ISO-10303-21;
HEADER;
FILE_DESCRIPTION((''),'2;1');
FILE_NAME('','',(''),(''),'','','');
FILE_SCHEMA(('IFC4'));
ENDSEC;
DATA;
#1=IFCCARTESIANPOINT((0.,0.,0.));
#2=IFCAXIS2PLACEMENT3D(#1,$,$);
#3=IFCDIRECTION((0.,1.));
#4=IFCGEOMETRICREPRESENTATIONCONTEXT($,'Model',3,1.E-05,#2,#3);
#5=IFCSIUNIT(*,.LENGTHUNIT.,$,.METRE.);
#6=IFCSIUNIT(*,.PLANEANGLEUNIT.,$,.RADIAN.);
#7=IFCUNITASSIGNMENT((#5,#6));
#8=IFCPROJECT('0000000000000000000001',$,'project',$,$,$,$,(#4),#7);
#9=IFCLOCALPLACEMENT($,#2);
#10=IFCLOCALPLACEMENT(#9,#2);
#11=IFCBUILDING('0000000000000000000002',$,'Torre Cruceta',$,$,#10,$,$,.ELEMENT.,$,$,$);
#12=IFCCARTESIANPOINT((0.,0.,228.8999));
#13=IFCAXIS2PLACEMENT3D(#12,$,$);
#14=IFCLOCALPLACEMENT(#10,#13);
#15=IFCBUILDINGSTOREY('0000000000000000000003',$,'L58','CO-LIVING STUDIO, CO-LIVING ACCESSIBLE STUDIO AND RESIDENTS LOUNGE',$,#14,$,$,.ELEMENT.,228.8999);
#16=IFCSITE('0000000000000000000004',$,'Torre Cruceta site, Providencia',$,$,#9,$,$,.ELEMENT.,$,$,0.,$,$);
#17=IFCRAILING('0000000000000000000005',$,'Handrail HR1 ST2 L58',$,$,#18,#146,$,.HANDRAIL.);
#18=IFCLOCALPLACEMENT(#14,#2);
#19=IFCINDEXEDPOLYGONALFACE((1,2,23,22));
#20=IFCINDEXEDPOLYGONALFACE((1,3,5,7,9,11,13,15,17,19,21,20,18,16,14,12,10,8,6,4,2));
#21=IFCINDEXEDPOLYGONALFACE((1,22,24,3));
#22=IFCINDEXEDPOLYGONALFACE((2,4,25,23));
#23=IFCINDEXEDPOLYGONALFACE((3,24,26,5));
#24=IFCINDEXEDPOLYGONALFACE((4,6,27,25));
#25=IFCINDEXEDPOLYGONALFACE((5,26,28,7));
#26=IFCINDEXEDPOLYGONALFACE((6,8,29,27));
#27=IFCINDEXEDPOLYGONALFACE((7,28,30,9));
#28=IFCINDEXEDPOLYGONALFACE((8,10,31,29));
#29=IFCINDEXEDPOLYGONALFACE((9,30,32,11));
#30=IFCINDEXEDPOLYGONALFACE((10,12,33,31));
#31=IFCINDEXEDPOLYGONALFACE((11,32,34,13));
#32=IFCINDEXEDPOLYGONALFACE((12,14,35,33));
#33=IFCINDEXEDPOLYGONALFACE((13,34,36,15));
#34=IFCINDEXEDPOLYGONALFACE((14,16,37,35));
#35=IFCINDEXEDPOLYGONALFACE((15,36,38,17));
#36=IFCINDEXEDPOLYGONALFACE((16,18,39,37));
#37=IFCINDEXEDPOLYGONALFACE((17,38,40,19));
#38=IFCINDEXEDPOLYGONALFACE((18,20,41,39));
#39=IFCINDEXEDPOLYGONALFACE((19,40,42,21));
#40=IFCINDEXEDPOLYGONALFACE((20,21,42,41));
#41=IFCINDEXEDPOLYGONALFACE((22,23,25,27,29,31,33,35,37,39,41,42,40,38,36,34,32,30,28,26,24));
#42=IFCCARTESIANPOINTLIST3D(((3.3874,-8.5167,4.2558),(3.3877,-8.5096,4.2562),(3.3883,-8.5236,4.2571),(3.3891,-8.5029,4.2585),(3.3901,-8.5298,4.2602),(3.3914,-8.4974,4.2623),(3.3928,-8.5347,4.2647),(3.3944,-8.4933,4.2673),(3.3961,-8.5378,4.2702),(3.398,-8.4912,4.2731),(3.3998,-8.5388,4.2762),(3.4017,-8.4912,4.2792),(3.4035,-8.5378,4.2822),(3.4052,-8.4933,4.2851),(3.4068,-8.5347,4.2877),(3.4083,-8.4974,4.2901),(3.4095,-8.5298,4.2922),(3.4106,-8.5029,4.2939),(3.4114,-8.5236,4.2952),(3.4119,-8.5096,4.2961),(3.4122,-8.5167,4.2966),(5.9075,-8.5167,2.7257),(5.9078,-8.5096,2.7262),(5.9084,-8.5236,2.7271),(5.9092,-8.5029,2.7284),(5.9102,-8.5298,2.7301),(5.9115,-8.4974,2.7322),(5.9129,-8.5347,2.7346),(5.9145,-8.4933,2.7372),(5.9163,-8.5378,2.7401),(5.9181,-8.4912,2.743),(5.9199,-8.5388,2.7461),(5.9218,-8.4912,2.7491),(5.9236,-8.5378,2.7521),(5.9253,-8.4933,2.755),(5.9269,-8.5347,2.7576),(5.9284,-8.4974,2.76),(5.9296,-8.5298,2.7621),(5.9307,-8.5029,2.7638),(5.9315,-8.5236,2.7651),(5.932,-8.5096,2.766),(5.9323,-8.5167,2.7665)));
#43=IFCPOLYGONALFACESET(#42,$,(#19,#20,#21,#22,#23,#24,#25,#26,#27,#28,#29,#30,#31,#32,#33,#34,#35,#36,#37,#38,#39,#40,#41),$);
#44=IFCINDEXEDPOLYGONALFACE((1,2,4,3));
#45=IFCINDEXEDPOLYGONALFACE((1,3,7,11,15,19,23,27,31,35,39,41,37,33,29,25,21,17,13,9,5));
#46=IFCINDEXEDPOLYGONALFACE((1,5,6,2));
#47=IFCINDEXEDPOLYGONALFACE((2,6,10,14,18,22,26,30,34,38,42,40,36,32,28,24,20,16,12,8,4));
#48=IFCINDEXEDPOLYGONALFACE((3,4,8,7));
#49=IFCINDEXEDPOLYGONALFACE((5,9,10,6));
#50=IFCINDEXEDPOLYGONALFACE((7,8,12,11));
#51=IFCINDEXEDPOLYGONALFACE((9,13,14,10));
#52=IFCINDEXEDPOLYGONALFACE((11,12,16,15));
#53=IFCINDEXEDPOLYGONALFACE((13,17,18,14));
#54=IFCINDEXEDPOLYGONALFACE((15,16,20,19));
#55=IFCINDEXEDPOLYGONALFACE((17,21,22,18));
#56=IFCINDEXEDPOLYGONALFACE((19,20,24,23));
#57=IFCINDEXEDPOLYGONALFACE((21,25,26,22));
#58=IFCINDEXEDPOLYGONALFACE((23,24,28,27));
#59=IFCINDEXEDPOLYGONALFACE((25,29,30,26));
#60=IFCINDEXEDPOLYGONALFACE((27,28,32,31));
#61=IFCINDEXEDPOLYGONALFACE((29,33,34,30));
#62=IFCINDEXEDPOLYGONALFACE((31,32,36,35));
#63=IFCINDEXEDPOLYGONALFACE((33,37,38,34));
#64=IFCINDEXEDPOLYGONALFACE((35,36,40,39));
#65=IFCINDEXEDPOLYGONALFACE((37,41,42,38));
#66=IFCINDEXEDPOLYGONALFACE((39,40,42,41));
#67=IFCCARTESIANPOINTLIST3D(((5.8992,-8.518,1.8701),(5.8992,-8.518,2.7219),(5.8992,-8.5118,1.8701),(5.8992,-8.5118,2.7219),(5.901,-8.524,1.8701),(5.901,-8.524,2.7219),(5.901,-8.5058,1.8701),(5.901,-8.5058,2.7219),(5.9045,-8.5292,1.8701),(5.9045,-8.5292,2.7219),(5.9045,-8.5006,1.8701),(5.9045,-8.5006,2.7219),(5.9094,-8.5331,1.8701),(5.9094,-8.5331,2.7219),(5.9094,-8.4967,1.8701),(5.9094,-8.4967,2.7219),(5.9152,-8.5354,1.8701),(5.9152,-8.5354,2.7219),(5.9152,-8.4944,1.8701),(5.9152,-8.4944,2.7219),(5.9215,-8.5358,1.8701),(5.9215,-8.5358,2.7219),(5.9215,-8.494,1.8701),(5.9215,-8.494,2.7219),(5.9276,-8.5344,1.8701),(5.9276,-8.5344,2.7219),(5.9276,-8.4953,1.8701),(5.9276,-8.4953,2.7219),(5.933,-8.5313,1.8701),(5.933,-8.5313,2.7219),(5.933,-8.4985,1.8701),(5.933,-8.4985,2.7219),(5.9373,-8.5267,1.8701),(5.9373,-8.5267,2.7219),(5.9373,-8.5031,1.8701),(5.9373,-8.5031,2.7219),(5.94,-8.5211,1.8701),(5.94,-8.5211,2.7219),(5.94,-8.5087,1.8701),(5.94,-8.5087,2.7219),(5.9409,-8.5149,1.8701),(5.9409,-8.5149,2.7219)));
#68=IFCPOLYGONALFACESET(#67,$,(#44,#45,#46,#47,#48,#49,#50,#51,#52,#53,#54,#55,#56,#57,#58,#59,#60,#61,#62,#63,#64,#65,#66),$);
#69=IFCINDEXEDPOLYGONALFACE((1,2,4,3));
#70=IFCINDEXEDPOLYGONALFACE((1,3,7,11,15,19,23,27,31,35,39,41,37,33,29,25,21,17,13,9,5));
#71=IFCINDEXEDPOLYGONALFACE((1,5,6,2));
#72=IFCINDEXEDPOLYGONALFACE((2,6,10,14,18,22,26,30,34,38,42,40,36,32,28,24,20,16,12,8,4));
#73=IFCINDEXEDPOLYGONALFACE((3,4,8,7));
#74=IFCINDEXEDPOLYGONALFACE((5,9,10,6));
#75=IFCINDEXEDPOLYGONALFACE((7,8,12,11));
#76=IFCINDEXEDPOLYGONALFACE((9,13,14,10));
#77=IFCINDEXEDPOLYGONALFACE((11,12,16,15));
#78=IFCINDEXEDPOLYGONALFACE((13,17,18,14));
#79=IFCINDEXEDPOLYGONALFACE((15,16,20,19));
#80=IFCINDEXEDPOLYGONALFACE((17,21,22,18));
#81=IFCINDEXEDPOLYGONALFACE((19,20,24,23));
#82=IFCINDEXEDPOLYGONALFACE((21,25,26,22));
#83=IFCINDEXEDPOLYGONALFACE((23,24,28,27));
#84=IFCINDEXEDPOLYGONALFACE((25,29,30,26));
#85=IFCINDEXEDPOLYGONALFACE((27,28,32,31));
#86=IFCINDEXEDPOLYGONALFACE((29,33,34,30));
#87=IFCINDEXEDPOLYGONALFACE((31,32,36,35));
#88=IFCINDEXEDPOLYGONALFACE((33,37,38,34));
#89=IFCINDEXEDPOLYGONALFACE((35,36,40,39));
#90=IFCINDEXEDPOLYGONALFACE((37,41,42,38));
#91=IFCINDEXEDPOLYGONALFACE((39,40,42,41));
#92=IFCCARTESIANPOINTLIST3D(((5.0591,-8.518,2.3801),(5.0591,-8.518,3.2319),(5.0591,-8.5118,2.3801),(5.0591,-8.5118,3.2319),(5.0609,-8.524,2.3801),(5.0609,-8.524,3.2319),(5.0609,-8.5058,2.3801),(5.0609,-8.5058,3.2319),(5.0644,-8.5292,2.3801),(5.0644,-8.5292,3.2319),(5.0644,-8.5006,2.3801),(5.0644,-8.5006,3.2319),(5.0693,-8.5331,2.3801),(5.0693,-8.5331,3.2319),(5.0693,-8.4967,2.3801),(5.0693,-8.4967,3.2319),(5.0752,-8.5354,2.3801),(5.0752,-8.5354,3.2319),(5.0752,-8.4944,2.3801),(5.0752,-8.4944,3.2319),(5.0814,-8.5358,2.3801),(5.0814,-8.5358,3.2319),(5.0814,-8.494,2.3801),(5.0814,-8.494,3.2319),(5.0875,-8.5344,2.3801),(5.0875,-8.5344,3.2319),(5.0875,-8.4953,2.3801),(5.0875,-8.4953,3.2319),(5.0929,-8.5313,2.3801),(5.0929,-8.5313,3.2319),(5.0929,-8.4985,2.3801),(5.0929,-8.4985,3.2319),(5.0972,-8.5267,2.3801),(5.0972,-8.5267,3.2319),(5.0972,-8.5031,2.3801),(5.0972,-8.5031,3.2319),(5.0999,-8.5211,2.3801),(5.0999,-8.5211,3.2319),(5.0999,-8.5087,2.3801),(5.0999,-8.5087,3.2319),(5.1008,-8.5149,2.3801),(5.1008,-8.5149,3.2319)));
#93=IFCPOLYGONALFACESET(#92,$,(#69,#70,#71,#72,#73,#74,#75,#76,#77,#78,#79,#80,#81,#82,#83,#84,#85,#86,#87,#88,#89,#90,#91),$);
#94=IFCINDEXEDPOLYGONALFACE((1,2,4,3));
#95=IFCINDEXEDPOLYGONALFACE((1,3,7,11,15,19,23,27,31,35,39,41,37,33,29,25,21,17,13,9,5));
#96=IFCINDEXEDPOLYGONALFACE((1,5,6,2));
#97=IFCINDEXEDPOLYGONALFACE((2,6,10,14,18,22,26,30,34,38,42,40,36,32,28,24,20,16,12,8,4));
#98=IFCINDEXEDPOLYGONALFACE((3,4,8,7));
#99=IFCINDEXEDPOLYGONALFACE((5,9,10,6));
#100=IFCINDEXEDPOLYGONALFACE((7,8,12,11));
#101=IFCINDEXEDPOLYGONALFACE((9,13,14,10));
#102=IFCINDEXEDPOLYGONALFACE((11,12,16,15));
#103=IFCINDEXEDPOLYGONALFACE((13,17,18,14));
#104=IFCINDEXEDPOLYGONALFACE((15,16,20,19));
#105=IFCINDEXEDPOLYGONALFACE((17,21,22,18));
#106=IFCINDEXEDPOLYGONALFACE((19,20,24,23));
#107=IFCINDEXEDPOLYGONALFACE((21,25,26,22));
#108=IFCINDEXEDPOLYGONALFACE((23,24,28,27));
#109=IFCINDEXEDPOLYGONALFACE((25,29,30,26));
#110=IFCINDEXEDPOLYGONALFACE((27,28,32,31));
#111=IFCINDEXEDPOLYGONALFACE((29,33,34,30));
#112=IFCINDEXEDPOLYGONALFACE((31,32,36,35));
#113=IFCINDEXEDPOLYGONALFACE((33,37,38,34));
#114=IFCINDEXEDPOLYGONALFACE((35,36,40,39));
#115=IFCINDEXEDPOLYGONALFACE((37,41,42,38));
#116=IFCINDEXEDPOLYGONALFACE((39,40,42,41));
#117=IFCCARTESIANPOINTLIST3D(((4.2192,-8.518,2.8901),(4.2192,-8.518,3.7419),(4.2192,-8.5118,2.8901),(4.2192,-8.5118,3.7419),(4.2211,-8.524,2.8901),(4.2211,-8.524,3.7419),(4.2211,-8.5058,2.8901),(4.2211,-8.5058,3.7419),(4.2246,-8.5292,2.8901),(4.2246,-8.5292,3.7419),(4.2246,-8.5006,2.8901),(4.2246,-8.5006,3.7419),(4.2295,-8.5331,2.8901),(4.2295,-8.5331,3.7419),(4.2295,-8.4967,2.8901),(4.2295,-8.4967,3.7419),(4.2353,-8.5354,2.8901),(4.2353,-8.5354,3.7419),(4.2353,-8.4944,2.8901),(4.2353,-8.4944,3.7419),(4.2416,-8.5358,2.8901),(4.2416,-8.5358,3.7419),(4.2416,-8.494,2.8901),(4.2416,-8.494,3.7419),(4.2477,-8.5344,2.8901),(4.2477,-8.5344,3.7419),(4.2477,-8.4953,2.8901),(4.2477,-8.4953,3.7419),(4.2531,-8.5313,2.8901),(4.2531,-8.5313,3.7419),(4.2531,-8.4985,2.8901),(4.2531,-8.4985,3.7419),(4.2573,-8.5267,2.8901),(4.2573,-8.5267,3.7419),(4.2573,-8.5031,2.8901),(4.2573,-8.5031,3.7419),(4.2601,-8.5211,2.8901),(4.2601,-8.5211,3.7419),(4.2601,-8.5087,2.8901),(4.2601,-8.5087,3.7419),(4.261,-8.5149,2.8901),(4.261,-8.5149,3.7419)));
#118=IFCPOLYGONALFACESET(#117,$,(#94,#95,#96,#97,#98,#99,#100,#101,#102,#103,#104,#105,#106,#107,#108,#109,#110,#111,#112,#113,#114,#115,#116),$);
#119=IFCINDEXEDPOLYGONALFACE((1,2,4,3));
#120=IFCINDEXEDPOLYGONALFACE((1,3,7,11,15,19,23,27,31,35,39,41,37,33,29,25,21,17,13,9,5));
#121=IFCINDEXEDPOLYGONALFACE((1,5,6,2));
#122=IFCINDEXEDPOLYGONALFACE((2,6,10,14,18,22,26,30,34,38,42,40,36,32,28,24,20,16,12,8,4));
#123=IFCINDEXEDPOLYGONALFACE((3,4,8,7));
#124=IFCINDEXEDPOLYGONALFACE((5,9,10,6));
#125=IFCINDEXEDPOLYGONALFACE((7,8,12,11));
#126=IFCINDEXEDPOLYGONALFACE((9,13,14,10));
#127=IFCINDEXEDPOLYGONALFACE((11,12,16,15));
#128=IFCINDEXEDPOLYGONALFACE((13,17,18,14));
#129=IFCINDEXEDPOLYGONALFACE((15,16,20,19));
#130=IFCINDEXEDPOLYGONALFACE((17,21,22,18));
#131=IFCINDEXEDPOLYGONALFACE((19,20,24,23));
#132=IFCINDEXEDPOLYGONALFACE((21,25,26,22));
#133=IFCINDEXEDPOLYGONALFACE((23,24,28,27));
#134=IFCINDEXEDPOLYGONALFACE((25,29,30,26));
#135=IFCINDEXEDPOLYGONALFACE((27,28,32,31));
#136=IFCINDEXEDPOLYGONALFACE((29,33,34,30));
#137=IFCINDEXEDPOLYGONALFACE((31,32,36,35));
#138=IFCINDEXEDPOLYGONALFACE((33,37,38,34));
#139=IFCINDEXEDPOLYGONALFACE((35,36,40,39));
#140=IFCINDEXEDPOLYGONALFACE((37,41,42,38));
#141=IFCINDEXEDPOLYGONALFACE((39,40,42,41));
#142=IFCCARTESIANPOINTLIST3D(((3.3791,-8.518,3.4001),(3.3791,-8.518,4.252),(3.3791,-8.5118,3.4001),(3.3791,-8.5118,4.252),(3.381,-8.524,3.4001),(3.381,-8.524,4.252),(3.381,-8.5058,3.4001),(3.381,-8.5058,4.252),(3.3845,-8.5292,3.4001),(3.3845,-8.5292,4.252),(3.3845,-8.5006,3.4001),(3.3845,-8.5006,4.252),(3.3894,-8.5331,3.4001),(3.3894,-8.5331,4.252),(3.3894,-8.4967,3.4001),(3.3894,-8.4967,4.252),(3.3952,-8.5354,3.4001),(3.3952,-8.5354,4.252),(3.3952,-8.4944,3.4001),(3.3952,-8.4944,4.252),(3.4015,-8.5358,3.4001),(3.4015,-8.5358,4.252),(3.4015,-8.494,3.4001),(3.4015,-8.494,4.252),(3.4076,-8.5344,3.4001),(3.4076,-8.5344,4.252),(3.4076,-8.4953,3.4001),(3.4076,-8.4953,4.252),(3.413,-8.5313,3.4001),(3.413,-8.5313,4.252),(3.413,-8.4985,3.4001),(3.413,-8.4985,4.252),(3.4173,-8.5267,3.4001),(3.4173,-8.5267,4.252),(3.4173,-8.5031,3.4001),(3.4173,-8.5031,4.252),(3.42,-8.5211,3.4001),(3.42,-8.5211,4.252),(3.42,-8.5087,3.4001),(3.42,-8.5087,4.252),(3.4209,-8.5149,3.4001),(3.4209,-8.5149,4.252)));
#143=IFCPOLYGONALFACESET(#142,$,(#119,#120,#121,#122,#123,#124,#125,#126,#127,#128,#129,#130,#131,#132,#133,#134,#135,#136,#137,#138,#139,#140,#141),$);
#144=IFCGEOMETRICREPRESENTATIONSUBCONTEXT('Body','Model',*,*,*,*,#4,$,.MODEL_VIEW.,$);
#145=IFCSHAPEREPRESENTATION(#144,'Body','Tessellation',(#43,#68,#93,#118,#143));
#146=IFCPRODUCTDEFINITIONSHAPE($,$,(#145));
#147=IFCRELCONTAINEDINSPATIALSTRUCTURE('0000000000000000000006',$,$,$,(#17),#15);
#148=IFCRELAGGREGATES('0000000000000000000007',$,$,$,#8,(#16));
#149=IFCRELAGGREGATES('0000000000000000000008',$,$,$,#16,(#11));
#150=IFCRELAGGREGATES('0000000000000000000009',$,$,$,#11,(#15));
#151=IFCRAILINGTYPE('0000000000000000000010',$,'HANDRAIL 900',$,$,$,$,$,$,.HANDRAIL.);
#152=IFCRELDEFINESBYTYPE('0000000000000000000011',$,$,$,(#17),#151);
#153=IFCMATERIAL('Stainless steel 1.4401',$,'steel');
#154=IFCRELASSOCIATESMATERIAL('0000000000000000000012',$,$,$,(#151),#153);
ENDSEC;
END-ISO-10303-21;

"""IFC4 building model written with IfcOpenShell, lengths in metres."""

from ifc_helpers import new_model, si_unit, direction, frame, origin, origin_2d, place, context, subcontext, project, spatial, circle, extrude, material, type_object, element, save


model = new_model("IFC4")

# Units and contexts
model_context = context("Model", 3, precision=1e-05, world=origin(), true_north=direction((0.0, 1.0)))
body_context = subcontext(model_context, "Body", "Model", "MODEL_VIEW")
ifc_project = project(units=[si_unit("LENGTHUNIT", "METRE"), si_unit("PLANEANGLEUNIT", "RADIAN")], contexts=[model_context])

# Site, building, storey
site_placement = place(None, origin())
site = spatial("IfcSite", under=ifc_project, at=site_placement, Name="Torre Cruceta site, Providencia", CompositionType="ELEMENT", RefElevation=0.0)
building_placement = place(site_placement, origin())
building = spatial("IfcBuilding", under=site, at=building_placement, Name="Torre Cruceta", CompositionType="ELEMENT")
storey_placement = place(building_placement, frame((0.0, 0.0, 228.8999)))
storey = spatial("IfcBuildingStorey", under=building, at=storey_placement, Name="L58", Description="CO-LIVING STUDIO, CO-LIVING ACCESSIBLE STUDIO AND RESIDENTS LOUNGE", CompositionType="ELEMENT", Elevation=228.8999)

# Railing
ifc_material_1 = material(Name="Stainless steel 1.4401", Category="steel")
railing_type = type_object("IfcRailingType", Name="HANDRAIL 900", PredefinedType="HANDRAIL", material=ifc_material_1)
railing_placement = place(storey_placement, frame((5.9199, -8.5149, 1.8701)))
element("IfcRailing", 1, at=railing_placement, inside=storey, type_object=railing_type, Name="Handrail HR1 ST2 L58", PredefinedType="HANDRAIL", context=body_context, shape_type="SweptSolid", body=[
    extrude(circle(Radius=0.0239, at=origin_2d()), frame((0.0, 0.0, 0.876), z_axis=(-0.854785, 0.0, 0.518982), x_axis=(0.0, -1.0, 0.0)), (0.0, 0.0, 1.0), 2.9482),
    extrude(circle(Radius=0.021, at=origin_2d()), origin(), (0.0, 0.0, 1.0), 0.8518),
    extrude(circle(Radius=0.021, at=origin_2d()), frame((-0.8401, 0.0, 0.51)), (0.0, 0.0, 1.0), 0.8518),
    extrude(circle(Radius=0.021, at=origin_2d()), frame((-1.6799, 0.0, 1.02)), (0.0, 0.0, 1.0), 0.8518),
    extrude(circle(Radius=0.021, at=origin_2d()), frame((-2.52, 0.0, 1.53)), (0.0, 0.0, 1.0), 0.8518),
])

save(model, "model.ifc")
